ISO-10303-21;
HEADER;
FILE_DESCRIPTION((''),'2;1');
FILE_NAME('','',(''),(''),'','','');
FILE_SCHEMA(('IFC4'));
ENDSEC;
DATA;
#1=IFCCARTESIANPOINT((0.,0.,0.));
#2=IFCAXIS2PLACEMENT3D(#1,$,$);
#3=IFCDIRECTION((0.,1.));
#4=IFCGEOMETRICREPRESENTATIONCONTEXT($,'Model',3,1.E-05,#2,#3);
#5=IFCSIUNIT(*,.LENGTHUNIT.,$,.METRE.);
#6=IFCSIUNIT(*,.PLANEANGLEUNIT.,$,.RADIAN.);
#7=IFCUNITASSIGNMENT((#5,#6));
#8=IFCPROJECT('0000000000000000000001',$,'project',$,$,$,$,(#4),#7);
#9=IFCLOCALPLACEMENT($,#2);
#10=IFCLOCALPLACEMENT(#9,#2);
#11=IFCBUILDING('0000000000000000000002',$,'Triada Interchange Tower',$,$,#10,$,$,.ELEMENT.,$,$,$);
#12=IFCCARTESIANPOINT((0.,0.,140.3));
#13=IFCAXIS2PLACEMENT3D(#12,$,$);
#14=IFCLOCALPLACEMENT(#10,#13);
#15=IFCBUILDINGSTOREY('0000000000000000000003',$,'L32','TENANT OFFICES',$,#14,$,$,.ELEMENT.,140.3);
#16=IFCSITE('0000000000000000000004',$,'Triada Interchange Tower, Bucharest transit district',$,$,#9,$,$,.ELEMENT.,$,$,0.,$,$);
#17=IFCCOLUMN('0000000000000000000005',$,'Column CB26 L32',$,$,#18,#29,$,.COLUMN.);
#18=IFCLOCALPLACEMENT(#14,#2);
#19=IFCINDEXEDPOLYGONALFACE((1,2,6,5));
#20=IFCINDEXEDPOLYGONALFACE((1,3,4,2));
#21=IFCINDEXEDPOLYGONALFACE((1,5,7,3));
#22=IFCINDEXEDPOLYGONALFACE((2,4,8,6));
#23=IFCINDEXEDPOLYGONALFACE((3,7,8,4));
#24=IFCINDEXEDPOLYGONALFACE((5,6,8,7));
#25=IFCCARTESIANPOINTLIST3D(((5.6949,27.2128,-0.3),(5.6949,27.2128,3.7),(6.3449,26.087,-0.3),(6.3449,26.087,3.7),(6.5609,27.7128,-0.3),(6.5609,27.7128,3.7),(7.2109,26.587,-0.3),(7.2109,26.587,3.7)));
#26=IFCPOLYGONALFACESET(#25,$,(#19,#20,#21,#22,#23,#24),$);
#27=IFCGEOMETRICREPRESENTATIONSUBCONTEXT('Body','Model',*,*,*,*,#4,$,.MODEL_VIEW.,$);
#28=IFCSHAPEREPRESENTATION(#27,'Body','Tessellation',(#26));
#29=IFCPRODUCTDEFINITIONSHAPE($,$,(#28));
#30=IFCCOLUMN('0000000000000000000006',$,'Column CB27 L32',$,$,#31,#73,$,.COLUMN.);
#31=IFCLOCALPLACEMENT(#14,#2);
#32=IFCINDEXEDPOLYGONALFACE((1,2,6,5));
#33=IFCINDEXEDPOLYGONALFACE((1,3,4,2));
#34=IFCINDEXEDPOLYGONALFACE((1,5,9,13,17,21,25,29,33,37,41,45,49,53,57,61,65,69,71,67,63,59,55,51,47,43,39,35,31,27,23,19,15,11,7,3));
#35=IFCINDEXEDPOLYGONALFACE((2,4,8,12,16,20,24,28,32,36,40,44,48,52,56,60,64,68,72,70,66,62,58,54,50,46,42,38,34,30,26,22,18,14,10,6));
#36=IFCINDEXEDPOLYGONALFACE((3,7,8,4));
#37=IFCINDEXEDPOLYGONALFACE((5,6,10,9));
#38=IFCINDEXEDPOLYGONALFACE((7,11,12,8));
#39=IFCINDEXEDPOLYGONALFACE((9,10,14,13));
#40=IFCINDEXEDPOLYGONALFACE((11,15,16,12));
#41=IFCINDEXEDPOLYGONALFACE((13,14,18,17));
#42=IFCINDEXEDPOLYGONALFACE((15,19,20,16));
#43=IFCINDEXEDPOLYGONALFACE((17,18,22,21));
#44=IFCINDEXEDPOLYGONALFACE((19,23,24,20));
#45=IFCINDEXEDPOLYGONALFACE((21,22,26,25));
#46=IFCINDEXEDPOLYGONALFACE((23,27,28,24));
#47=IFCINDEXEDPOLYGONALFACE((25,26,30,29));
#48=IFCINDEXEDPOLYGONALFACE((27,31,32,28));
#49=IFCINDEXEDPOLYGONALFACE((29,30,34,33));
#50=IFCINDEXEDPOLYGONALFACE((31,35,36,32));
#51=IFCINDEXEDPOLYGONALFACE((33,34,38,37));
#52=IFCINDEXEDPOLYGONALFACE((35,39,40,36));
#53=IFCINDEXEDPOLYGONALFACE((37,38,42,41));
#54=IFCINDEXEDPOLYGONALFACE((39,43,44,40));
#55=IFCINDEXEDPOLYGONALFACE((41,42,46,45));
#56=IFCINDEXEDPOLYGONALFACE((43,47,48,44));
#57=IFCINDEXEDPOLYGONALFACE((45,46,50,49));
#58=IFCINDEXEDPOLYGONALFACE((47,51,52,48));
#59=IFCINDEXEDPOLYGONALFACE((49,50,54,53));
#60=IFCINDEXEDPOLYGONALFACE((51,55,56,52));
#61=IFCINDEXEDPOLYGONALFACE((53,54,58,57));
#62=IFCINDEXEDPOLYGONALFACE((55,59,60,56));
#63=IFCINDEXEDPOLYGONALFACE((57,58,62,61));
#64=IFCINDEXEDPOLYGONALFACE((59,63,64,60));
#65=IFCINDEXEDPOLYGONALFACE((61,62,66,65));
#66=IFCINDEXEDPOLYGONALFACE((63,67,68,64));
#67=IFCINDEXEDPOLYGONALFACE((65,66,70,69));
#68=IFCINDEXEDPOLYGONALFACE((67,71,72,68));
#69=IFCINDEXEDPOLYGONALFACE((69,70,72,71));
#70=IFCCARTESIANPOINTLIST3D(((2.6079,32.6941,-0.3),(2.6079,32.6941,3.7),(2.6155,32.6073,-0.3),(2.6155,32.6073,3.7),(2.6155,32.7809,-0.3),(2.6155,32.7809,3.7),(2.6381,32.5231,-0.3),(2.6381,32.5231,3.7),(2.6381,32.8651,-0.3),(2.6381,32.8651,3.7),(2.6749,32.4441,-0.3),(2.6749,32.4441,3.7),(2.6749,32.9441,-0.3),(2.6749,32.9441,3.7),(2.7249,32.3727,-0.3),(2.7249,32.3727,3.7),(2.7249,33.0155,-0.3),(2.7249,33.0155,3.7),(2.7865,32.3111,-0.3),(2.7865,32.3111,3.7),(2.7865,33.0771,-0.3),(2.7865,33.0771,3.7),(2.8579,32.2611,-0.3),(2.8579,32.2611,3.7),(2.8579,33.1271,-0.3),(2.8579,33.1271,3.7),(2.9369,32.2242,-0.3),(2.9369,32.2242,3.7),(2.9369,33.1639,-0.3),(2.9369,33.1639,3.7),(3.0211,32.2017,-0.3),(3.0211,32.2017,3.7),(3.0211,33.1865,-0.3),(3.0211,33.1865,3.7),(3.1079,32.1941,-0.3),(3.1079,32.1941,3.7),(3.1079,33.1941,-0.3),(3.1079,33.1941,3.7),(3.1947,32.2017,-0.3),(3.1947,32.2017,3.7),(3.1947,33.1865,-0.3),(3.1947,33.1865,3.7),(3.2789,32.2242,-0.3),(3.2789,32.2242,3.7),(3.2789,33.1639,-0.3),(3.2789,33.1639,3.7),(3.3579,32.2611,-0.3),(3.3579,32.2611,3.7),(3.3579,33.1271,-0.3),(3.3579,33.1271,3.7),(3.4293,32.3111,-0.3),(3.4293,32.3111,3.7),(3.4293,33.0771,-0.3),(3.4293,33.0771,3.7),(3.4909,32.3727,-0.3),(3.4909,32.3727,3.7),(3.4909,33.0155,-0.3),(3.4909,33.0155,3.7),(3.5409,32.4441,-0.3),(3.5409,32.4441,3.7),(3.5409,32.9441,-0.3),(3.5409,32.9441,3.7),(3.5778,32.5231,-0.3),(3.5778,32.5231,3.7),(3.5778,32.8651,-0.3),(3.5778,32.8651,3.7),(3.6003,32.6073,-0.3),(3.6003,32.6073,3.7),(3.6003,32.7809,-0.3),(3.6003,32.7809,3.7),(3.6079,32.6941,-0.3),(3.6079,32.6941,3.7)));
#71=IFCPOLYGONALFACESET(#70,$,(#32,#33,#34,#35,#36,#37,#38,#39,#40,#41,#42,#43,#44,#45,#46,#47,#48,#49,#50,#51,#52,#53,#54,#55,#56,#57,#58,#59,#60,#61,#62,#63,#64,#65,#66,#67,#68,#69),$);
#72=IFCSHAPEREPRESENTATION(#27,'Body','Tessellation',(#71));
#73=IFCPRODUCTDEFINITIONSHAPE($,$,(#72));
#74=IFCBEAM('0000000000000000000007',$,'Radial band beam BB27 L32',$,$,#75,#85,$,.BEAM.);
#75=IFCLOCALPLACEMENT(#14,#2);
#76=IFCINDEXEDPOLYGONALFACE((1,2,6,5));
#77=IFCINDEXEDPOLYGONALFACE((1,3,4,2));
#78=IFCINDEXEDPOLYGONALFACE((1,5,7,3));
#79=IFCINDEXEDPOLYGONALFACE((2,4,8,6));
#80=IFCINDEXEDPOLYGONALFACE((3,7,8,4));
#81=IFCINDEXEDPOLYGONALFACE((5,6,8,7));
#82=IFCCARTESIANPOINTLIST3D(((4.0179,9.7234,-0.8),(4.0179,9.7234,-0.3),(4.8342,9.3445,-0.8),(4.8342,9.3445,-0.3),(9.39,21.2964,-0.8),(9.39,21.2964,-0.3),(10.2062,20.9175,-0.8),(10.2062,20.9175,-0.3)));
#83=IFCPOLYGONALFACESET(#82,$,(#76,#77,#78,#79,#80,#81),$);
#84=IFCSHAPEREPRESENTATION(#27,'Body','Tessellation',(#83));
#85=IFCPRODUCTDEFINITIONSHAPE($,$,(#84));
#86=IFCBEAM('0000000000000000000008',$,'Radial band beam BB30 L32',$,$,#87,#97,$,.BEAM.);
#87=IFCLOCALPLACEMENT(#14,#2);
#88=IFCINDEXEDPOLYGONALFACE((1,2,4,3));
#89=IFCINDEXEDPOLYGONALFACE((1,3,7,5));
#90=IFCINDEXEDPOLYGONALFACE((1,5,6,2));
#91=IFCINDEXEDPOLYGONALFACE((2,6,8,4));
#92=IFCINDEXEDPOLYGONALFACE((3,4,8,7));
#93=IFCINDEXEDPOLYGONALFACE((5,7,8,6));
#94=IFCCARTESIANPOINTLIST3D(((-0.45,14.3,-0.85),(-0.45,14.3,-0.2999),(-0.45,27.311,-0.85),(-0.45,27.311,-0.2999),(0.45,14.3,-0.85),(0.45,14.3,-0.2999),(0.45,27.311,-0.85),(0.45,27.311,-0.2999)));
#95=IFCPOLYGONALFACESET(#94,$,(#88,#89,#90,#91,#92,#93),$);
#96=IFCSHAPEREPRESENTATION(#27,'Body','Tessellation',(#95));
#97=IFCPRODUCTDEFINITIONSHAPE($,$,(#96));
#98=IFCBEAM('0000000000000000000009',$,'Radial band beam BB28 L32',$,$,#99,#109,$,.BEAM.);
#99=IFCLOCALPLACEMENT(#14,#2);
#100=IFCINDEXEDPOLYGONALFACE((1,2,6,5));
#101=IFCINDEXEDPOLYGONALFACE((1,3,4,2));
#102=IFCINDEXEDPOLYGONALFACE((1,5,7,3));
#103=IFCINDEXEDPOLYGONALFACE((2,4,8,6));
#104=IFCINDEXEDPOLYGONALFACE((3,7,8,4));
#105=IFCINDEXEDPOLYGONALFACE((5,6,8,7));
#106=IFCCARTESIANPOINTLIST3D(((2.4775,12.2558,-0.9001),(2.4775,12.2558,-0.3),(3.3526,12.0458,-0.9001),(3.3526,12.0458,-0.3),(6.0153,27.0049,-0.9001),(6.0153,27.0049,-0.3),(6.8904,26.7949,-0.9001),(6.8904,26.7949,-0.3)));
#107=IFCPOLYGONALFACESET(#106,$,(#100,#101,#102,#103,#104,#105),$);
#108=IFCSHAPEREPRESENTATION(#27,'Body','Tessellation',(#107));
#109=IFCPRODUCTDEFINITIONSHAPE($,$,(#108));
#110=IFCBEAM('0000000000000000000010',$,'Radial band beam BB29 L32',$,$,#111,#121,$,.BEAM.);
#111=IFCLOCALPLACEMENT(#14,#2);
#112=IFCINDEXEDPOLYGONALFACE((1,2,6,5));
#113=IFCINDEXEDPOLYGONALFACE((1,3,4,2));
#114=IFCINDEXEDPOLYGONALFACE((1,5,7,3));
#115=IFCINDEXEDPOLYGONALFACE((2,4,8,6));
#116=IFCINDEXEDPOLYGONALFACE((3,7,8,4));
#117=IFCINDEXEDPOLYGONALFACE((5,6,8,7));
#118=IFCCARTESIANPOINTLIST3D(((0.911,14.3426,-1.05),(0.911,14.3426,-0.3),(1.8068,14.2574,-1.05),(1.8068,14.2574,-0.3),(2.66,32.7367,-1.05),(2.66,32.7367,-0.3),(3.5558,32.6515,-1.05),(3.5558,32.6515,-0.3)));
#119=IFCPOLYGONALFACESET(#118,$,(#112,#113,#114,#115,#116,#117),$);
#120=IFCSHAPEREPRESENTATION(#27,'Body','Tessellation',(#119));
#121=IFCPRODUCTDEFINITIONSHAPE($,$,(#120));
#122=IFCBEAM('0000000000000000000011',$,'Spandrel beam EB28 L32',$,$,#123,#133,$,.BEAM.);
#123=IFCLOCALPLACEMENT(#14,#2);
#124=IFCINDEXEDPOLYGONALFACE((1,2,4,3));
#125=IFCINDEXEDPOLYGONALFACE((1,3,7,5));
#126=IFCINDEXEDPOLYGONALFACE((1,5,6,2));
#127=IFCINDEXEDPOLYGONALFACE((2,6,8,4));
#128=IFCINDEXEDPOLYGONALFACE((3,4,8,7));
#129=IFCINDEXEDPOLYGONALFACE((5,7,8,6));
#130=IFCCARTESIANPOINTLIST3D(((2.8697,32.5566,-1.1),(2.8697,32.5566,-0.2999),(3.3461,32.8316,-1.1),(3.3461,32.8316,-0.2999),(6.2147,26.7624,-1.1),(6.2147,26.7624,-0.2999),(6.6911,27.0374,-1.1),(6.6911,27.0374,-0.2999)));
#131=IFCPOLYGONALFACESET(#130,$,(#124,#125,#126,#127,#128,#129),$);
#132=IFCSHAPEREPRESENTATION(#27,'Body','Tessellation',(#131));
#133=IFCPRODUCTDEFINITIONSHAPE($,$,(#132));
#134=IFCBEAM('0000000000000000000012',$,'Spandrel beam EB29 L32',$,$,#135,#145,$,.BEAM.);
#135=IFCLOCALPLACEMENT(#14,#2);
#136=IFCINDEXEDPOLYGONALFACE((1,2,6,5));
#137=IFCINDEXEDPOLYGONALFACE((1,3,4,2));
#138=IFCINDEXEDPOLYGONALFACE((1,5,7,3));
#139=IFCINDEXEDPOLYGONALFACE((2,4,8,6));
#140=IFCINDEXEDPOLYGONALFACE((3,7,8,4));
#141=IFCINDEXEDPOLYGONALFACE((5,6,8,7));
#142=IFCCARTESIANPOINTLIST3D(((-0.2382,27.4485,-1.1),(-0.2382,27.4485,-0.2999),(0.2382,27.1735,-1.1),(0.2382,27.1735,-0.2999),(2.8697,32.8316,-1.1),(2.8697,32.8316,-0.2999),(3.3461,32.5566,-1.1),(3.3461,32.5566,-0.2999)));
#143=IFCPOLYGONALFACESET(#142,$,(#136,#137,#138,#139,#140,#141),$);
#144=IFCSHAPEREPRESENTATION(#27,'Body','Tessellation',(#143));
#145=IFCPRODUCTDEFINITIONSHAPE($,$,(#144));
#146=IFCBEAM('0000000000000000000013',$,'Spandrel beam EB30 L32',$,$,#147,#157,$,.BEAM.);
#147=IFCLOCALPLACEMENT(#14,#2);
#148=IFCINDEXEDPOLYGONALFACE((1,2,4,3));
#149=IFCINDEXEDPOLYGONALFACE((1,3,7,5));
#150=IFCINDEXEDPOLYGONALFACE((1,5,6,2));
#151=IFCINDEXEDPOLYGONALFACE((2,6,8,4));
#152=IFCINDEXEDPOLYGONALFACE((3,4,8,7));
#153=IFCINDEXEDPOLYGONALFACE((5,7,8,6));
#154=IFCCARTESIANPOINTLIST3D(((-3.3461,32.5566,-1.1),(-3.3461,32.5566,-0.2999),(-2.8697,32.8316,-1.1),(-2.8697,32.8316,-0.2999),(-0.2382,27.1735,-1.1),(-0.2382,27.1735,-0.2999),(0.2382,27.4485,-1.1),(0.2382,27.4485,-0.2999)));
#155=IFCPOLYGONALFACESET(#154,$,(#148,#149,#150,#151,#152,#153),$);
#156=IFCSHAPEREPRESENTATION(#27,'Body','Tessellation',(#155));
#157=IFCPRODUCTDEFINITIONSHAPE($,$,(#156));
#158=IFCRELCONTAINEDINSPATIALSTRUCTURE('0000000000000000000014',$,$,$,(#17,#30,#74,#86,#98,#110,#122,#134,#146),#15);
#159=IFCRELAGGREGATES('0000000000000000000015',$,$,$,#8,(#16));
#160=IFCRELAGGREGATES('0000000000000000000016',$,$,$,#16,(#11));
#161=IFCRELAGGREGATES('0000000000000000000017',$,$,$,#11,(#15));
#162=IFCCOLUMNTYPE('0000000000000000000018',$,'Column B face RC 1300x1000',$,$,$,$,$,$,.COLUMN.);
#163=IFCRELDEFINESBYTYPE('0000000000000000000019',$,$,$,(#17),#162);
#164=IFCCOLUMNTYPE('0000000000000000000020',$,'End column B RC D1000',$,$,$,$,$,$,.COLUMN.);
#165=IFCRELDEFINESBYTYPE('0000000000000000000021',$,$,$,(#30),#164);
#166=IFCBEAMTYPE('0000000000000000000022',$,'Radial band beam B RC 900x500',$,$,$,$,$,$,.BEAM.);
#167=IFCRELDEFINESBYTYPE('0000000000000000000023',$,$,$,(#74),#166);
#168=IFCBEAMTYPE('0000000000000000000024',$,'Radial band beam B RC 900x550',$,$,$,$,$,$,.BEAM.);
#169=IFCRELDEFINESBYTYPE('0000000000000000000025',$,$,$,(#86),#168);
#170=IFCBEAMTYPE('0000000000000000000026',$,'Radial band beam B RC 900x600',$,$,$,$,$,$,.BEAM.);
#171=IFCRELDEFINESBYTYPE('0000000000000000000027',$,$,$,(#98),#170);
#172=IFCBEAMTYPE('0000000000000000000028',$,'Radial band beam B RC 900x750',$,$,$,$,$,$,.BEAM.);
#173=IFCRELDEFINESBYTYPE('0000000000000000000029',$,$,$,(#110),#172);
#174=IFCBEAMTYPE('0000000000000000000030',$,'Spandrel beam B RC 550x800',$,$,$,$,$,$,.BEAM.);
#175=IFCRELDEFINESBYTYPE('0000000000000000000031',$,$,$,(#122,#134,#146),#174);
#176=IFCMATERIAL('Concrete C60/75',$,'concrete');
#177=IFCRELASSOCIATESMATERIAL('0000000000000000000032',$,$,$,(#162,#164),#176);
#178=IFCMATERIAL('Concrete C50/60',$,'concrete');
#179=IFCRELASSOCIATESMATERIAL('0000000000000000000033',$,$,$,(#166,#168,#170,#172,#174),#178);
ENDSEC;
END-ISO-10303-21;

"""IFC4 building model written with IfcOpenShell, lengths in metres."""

from ifc_helpers import new_model, si_unit, direction, frame, origin, origin_2d, place, context, subcontext, project, spatial, rectangle, circle, extrude, material, material_profile, profile_set, type_object, element, save


model = new_model("IFC4")

# Units and contexts
model_context = context("Model", 3, precision=1e-05, world=origin(), true_north=direction((0.0, 1.0)))
body_context = subcontext(model_context, "Body", "Model", "MODEL_VIEW")
ifc_project = project(units=[si_unit("LENGTHUNIT", "METRE"), si_unit("PLANEANGLEUNIT", "RADIAN")], contexts=[model_context])

# Site, building, storey
site_placement = place(None, origin())
site = spatial("IfcSite", under=ifc_project, at=site_placement, Name="Triada Interchange Tower, Bucharest transit district", CompositionType="ELEMENT", RefElevation=0.0)
building_placement = place(site_placement, origin())
building = spatial("IfcBuilding", under=site, at=building_placement, Name="Triada Interchange Tower", CompositionType="ELEMENT")
storey_placement = place(building_placement, frame((0.0, 0.0, 140.3)))
storey = spatial("IfcBuildingStorey", under=building, at=storey_placement, Name="L32", Description="TENANT OFFICES", CompositionType="ELEMENT", Elevation=140.3)

# Columns
ifc_material_1 = material(Name="Concrete C60/75", Category="concrete")
ifc_material_profile_1 = material_profile(ifc_material_1, rectangle(XDim=1.3, YDim=1.0, at=origin_2d()), Name="RC 1300x1000")
ifc_profile_set_1 = profile_set([ifc_material_profile_1], Name="Concrete C60/75")
column_type_1 = type_object("IfcColumnType", Name="Column B face RC 1300x1000", PredefinedType="COLUMN", material=ifc_profile_set_1)
column_1_placement = place(storey_placement, frame((6.4529, 26.8999, -0.3), z_axis=(0.0, 0.0, 1.0), x_axis=(-0.5, 0.866025, 0.0)))
element("IfcColumn", 1, at=column_1_placement, inside=storey, type_object=column_type_1, Name="Column CB26 L32", PredefinedType="COLUMN", context=body_context, shape_type="SweptSolid", body=[
    extrude(rectangle(XDim=1.3, YDim=1.0, at=origin_2d()), origin(), (0.0, 0.0, 1.0), 4.0),
])
ifc_material_profile_2 = material_profile(ifc_material_1, circle(Radius=0.5, at=origin_2d()), Name="RC D1000")
ifc_profile_set_2 = profile_set([ifc_material_profile_2], Name="Concrete C60/75")
column_type_2 = type_object("IfcColumnType", Name="End column B RC D1000", PredefinedType="COLUMN", material=ifc_profile_set_2)
column_2_placement = place(storey_placement, frame((3.1079, 32.6941, -0.3), z_axis=(0.0, 0.0, 1.0), x_axis=(-0.5, 0.866025, 0.0)))
element("IfcColumn", 2, at=column_2_placement, inside=storey, type_object=column_type_2, Name="Column CB27 L32", PredefinedType="COLUMN", context=body_context, shape_type="SweptSolid", body=[
    extrude(circle(Radius=0.5, at=origin_2d()), origin(), (0.0, 0.0, 1.0), 4.0),
])

# Beams
ifc_material_2 = material(Name="Concrete C50/60", Category="concrete")
ifc_material_profile_3 = material_profile(ifc_material_2, rectangle(XDim=0.8999, YDim=0.5, at=origin_2d()), Name="RC 900x500")
ifc_profile_set_3 = profile_set([ifc_material_profile_3], Name="Concrete C50/60")
beam_type_1 = type_object("IfcBeamType", Name="Radial band beam B RC 900x500", PredefinedType="BEAM", material=ifc_profile_set_3)
beam_1_placement = place(storey_placement, frame((9.7981, 21.1069, -0.55), z_axis=(-0.42104, -0.907042, 0.0), x_axis=(0.907042, -0.42104, 0.0)))
element("IfcBeam", 3, at=beam_1_placement, inside=storey, type_object=beam_type_1, Name="Radial band beam BB27 L32", PredefinedType="BEAM", context=body_context, shape_type="SweptSolid", body=[
    extrude(rectangle(XDim=0.8999, YDim=0.5, at=origin_2d()), origin(), (0.0, 0.0, 1.0), 12.759),
])
ifc_material_profile_4 = material_profile(ifc_material_2, rectangle(XDim=0.8999, YDim=0.55, at=origin_2d()), Name="RC 900x550")
ifc_profile_set_4 = profile_set([ifc_material_profile_4], Name="Concrete C50/60")
beam_type_2 = type_object("IfcBeamType", Name="Radial band beam B RC 900x550", PredefinedType="BEAM", material=ifc_profile_set_4)
beam_2_placement = place(storey_placement, frame((0.0, 27.311, -0.575), z_axis=(0.0, -1.0, 0.0), x_axis=(1.0, 0.0, 0.0)))
element("IfcBeam", 4, at=beam_2_placement, inside=storey, type_object=beam_type_2, Name="Radial band beam BB30 L32", PredefinedType="BEAM", context=body_context, shape_type="SweptSolid", body=[
    extrude(rectangle(XDim=0.8999, YDim=0.55, at=origin_2d()), origin(), (0.0, 0.0, 1.0), 13.011),
])
ifc_material_profile_5 = material_profile(ifc_material_2, rectangle(XDim=0.8999, YDim=0.6001, at=origin_2d()), Name="RC 900x600")
ifc_profile_set_5 = profile_set([ifc_material_profile_5], Name="Concrete C50/60")
beam_type_3 = type_object("IfcBeamType", Name="Radial band beam B RC 900x600", PredefinedType="BEAM", material=ifc_profile_set_5)
beam_3_placement = place(storey_placement, frame((6.4529, 26.8999, -0.6001), z_axis=(-0.233253, -0.972416, 0.0), x_axis=(0.972416, -0.233253, 0.0)))
element("IfcBeam", 5, at=beam_3_placement, inside=storey, type_object=beam_type_3, Name="Radial band beam BB28 L32", PredefinedType="BEAM", context=body_context, shape_type="SweptSolid", body=[
    extrude(rectangle(XDim=0.8999, YDim=0.6001, at=origin_2d()), origin(), (0.0, 0.0, 1.0), 15.1675),
])
ifc_material_profile_6 = material_profile(ifc_material_2, rectangle(XDim=0.8999, YDim=0.75, at=origin_2d()), Name="RC 900x750")
ifc_profile_set_6 = profile_set([ifc_material_profile_6], Name="Concrete C50/60")
beam_type_4 = type_object("IfcBeamType", Name="Radial band beam B RC 900x750", PredefinedType="BEAM", material=ifc_profile_set_6)
beam_4_placement = place(storey_placement, frame((3.1079, 32.6941, -0.675), z_axis=(-0.094659, -0.99551, 0.0), x_axis=(0.99551, -0.094659, 0.0)))
element("IfcBeam", 6, at=beam_4_placement, inside=storey, type_object=beam_type_4, Name="Radial band beam BB29 L32", PredefinedType="BEAM", context=body_context, shape_type="SweptSolid", body=[
    extrude(rectangle(XDim=0.8999, YDim=0.75, at=origin_2d()), origin(), (0.0, 0.0, 1.0), 18.4771),
])
ifc_material_profile_7 = material_profile(ifc_material_2, rectangle(XDim=0.55, YDim=0.8, at=origin_2d()), Name="RC 550x800")
ifc_profile_set_7 = profile_set([ifc_material_profile_7], Name="Concrete C50/60")
beam_type_5 = type_object("IfcBeamType", Name="Spandrel beam B RC 550x800", PredefinedType="BEAM", material=ifc_profile_set_7)
beam_5_placement = place(storey_placement, frame((6.4529, 26.8999, -0.7), z_axis=(-0.499966, 0.866045, 0.0), x_axis=(-0.866045, -0.499966, 0.0)))
element("IfcBeam", 7, at=beam_5_placement, inside=storey, type_object=beam_type_5, Name="Spandrel beam EB28 L32", PredefinedType="BEAM", context=body_context, shape_type="SweptSolid", body=[
    extrude(rectangle(XDim=0.55, YDim=0.8, at=origin_2d()), origin(), (0.0, 0.0, 1.0), 6.6904),
])
for number, where, z_axis, x_axis, name in (
    (8, (3.1079, 32.6941, -0.7), (-0.5, -0.866025, 0.0), (0.866025, -0.5, 0.0), "Spandrel beam EB29 L32"),
    (9, (0.0, 27.311, -0.7), (-0.5, 0.866025, 0.0), (-0.866025, -0.5, 0.0), "Spandrel beam EB30 L32"),
):
    element("IfcBeam", number, at=place(storey_placement, frame(where, z_axis=z_axis, x_axis=x_axis)), inside=storey, type_object=beam_type_5, Name=name, PredefinedType="BEAM", context=body_context, shape_type="SweptSolid", body=[
        extrude(rectangle(XDim=0.55, YDim=0.8, at=origin_2d()), origin(), (0.0, 0.0, 1.0), 6.2158),
    ])

save(model, "model.ifc")
